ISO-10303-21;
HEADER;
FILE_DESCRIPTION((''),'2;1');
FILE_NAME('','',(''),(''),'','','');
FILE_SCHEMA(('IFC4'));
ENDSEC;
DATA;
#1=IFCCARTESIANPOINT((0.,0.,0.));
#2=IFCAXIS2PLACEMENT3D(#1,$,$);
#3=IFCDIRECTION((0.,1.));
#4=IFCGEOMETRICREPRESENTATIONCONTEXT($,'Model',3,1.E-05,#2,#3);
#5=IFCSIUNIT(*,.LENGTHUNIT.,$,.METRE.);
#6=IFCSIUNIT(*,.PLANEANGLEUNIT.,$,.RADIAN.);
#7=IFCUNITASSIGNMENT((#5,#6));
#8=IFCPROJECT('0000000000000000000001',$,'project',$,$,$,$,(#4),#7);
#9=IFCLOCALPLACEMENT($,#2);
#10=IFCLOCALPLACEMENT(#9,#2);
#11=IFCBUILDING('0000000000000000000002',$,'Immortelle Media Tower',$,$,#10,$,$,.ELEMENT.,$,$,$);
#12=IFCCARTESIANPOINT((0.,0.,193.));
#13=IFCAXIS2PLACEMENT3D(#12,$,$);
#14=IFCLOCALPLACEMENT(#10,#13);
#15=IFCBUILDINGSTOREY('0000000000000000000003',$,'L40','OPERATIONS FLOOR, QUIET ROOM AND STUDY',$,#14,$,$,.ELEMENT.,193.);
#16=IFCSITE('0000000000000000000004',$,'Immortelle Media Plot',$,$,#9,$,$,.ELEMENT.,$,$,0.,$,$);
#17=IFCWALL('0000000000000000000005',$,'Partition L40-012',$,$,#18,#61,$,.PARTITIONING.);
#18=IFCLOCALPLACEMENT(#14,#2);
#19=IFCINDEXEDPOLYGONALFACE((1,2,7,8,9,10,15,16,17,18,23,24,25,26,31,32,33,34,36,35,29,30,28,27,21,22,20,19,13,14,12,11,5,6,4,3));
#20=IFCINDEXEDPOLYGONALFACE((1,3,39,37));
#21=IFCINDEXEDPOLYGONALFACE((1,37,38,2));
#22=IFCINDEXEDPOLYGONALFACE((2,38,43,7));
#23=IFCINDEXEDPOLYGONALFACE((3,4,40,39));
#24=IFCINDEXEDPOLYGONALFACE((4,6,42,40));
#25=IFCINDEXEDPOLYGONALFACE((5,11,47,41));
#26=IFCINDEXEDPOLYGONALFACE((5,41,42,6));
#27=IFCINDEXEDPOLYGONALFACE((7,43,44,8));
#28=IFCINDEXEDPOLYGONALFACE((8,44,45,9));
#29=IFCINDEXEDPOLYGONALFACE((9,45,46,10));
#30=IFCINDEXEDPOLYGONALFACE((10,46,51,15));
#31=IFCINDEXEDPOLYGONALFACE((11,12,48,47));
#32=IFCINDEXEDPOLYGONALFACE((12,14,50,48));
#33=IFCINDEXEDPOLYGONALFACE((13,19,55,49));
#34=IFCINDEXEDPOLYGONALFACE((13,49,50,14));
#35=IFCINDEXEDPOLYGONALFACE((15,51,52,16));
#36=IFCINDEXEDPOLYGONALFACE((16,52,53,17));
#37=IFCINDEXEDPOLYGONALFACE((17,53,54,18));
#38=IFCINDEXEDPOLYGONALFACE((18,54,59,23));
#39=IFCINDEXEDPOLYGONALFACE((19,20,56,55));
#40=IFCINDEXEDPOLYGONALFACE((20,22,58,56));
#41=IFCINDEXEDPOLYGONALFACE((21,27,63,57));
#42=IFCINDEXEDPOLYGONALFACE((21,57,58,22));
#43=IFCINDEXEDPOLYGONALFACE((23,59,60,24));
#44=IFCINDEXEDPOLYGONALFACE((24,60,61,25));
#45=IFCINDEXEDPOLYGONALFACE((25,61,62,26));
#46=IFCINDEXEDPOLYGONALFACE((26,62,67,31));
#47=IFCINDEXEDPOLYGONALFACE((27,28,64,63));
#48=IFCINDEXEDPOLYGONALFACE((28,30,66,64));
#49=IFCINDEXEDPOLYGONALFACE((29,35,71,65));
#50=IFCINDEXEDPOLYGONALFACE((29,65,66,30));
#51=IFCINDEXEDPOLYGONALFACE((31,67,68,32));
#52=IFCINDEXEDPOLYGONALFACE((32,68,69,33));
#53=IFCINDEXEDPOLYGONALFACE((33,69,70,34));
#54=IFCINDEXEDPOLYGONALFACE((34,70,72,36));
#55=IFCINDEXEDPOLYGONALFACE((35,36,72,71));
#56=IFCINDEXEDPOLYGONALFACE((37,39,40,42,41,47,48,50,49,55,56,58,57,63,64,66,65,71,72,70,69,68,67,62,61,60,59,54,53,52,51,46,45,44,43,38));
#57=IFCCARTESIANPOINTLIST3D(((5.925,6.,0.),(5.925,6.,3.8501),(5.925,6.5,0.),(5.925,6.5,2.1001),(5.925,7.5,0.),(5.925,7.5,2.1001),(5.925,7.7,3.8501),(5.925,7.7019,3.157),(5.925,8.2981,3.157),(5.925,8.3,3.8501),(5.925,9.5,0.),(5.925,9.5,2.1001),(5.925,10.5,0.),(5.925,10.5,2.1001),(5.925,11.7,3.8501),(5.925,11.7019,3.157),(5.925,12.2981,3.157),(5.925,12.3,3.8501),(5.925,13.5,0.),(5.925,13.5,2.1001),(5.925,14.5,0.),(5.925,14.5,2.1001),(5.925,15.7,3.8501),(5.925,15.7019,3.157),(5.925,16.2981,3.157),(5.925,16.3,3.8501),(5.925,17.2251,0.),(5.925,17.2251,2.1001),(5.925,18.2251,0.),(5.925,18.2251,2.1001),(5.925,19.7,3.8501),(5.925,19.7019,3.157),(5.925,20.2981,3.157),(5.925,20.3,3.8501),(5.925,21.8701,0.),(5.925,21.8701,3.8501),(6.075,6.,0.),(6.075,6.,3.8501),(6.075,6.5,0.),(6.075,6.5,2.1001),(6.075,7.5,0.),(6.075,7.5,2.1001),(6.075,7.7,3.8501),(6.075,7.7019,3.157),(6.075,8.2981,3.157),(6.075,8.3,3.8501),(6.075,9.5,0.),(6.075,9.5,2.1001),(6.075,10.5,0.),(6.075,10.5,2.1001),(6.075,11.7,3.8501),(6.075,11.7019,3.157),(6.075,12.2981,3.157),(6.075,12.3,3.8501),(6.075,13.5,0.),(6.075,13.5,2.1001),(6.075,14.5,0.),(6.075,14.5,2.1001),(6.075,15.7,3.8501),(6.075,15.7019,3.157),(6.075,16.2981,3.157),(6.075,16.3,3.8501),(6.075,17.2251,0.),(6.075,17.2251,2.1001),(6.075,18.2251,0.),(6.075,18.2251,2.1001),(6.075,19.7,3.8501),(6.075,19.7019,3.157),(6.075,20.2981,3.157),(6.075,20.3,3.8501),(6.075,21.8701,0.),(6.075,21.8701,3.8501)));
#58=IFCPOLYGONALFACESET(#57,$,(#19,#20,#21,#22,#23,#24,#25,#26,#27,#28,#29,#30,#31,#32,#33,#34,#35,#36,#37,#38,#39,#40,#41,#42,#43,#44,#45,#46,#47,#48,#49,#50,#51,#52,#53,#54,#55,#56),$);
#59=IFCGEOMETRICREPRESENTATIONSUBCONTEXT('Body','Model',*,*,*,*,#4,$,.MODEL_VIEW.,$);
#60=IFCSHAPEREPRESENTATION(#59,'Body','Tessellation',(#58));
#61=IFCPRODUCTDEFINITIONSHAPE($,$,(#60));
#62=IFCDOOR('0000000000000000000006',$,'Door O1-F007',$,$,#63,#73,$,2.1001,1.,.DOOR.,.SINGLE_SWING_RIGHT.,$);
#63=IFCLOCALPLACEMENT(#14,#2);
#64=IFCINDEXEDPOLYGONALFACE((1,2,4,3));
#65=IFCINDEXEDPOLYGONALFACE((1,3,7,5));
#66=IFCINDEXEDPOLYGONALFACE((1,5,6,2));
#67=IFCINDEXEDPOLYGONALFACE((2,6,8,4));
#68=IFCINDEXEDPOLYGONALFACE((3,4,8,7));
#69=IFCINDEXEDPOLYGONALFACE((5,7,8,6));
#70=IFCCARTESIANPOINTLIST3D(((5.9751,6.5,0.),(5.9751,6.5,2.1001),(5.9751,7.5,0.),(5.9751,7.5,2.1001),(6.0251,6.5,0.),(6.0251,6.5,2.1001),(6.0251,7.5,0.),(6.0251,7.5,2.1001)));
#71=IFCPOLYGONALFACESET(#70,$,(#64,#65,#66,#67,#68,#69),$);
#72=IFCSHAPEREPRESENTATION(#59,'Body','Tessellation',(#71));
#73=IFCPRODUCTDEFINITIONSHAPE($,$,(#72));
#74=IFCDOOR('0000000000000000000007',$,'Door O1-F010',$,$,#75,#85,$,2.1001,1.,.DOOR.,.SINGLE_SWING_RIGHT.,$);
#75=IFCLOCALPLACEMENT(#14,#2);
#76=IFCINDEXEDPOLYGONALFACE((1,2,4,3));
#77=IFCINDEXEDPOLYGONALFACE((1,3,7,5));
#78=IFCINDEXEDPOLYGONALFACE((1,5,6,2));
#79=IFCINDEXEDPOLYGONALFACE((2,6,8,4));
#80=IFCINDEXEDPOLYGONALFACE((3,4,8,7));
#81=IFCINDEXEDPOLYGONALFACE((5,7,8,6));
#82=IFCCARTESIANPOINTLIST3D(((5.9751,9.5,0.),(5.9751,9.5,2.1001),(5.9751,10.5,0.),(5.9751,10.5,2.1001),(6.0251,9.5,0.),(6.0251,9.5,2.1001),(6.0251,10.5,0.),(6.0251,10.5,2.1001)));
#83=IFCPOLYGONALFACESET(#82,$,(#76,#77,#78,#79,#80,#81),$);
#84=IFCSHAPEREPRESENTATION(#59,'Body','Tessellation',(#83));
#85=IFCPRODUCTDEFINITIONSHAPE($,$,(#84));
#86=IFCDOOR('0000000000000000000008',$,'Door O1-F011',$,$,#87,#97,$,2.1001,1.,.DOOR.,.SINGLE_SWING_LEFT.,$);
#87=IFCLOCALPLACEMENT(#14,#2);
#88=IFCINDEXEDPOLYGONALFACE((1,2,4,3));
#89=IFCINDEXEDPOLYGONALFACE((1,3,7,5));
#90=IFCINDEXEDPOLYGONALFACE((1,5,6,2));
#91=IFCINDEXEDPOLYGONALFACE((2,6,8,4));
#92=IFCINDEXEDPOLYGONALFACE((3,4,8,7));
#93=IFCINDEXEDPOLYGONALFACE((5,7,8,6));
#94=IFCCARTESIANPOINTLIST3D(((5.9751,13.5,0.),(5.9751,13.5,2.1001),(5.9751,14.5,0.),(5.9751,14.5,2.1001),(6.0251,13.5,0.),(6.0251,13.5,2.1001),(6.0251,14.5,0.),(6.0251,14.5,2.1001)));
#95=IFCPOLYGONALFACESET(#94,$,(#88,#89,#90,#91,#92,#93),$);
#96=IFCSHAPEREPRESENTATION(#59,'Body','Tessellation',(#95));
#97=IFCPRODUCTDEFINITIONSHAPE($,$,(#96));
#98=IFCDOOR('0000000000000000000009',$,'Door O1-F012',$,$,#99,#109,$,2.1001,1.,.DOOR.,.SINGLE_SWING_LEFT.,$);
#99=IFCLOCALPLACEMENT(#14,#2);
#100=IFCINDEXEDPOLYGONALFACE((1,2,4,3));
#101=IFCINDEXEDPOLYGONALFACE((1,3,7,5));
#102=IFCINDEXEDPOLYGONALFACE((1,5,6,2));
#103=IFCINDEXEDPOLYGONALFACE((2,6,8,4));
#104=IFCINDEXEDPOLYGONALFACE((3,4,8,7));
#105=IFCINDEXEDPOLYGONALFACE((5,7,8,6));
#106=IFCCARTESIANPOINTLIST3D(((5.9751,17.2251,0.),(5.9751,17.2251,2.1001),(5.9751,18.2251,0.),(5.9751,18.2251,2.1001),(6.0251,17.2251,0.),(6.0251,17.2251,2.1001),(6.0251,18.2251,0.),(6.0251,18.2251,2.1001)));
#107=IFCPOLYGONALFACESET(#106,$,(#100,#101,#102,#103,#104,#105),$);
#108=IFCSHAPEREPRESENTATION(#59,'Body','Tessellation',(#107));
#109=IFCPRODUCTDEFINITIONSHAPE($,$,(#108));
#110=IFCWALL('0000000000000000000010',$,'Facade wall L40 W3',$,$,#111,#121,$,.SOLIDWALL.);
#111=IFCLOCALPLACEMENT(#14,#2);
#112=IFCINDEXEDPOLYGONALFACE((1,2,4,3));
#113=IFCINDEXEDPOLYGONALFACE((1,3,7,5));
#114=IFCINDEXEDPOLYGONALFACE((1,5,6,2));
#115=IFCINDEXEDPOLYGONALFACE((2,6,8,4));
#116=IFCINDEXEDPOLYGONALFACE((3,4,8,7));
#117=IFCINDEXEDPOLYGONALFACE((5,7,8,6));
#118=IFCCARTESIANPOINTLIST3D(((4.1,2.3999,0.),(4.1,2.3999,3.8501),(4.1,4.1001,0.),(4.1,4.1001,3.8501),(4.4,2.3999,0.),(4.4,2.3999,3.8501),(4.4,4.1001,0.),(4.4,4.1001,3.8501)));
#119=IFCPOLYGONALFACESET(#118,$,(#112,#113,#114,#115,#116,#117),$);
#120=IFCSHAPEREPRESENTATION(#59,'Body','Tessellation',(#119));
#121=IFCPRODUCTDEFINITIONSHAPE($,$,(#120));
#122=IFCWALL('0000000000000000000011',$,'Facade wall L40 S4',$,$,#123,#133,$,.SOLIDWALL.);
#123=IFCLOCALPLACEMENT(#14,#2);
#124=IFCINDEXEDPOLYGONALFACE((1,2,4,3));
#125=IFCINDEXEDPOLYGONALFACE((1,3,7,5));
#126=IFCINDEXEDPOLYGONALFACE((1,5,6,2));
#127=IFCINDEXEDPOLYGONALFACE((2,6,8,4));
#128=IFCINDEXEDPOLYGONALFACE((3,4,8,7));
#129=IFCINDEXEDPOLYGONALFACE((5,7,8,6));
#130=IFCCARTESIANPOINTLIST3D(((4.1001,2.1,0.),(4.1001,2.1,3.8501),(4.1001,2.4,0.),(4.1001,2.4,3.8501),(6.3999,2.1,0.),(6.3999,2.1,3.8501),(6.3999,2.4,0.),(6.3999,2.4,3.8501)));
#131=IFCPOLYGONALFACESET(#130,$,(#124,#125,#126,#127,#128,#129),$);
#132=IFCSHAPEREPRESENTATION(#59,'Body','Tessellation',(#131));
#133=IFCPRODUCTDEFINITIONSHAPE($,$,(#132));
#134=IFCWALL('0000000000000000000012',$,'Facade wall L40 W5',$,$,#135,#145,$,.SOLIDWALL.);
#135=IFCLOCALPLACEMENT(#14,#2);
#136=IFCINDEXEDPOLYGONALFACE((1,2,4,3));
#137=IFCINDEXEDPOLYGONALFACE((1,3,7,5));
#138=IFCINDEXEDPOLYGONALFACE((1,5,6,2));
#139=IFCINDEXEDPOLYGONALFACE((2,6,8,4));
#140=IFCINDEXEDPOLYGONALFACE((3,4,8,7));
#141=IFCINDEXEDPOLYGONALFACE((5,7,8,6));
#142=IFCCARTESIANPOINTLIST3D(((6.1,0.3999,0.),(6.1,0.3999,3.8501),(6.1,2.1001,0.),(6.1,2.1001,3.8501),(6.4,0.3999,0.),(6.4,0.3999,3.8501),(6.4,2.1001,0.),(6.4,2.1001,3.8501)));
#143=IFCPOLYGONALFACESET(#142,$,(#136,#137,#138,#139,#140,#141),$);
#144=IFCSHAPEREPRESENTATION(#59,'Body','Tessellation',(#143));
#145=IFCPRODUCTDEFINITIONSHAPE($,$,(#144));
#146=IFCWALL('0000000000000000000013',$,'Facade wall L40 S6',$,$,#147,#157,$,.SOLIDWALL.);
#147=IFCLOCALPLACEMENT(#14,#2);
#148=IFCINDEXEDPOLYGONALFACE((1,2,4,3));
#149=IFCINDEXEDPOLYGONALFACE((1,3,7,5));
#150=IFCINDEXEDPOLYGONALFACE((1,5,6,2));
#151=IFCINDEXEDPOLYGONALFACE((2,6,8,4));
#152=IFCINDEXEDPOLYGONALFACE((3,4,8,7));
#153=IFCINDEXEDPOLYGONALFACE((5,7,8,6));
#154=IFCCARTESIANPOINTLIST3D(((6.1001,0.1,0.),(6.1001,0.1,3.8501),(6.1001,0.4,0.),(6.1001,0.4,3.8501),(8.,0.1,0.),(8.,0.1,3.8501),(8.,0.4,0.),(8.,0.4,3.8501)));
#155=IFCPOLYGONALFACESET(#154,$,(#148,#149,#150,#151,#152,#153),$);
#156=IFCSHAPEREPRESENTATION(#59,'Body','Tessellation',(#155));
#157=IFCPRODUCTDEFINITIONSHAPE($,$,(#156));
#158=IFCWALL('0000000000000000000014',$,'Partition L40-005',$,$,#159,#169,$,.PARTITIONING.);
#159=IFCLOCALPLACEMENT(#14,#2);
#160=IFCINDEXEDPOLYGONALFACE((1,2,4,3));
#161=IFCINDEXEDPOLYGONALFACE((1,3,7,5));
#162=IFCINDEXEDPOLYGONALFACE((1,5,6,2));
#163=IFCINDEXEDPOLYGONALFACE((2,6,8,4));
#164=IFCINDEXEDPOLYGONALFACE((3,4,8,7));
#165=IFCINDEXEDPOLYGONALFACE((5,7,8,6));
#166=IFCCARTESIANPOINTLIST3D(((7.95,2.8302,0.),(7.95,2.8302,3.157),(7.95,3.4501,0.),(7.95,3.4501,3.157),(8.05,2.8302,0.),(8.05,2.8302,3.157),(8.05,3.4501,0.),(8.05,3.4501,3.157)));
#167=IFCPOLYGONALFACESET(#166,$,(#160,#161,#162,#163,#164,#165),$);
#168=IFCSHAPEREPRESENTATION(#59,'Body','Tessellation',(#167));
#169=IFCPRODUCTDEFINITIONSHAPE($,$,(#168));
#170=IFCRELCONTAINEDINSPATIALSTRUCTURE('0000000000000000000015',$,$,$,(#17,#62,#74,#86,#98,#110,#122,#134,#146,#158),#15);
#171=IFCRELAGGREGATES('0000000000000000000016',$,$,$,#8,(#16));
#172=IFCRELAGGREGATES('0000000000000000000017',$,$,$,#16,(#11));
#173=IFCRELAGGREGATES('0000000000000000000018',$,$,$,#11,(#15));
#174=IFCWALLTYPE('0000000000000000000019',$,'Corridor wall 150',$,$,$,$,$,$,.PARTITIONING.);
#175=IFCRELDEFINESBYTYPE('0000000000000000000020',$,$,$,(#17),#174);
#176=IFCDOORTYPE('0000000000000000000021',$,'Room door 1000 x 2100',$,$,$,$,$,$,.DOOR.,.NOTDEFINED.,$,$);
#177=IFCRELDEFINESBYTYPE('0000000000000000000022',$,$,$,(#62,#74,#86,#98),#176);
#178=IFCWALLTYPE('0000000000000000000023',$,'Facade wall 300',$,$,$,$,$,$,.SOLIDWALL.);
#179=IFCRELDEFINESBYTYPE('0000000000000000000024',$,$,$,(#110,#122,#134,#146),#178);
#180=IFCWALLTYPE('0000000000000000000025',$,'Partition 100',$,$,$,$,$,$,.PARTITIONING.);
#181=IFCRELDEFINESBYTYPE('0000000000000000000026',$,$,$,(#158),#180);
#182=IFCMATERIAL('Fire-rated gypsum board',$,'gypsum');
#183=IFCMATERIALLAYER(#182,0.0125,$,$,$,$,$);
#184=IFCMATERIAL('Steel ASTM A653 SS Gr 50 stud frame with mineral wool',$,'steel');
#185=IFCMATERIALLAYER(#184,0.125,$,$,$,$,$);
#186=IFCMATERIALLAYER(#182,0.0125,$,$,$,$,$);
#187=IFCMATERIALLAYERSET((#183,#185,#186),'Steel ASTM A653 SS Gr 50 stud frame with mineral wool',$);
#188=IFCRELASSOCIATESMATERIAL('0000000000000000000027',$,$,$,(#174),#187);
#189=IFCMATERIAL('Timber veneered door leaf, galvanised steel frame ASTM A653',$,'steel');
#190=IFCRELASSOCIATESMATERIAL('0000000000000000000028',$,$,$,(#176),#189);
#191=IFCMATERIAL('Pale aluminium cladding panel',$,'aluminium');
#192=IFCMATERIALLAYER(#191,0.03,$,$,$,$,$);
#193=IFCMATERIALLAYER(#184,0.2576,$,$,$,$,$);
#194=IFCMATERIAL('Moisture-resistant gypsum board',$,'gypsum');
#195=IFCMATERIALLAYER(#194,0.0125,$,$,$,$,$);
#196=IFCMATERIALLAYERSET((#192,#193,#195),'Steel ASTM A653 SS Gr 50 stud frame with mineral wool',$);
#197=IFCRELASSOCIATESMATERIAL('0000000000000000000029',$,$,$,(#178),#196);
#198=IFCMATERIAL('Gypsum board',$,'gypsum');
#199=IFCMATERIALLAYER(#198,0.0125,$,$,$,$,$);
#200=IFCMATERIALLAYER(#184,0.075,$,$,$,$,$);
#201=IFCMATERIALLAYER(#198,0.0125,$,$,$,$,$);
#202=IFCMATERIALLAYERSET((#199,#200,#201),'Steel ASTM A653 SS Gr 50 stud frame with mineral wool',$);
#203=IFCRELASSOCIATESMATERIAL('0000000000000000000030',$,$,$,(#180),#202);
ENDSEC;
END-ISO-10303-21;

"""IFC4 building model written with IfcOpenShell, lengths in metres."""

from ifc_helpers import new_model, si_unit, direction, frame, frame_2d, origin, place, context, subcontext, project, spatial, polyline, rectangle, outline, extrude, material, layer, layer_set, type_object, element, fill, save


model = new_model("IFC4")

# Units and contexts
model_context = context("Model", 3, precision=1e-05, world=origin(), true_north=direction((0.0, 1.0)))
body_context = subcontext(model_context, "Body", "Model", "MODEL_VIEW")
ifc_project = project(units=[si_unit("LENGTHUNIT", "METRE"), si_unit("PLANEANGLEUNIT", "RADIAN")], contexts=[model_context])

# Site, building, storey
site_placement = place(None, origin())
site = spatial("IfcSite", under=ifc_project, at=site_placement, Name="Immortelle Media Plot", CompositionType="ELEMENT", RefElevation=0.0)
building_placement = place(site_placement, origin())
building = spatial("IfcBuilding", under=site, at=building_placement, Name="Immortelle Media Tower", CompositionType="ELEMENT")
storey_placement = place(building_placement, frame((0.0, 0.0, 193.0)))
storey = spatial("IfcBuildingStorey", under=building, at=storey_placement, Name="L40", Description="OPERATIONS FLOOR, QUIET ROOM AND STUDY", CompositionType="ELEMENT", Elevation=193.0)

# Wall, openings, doors
ifc_material_1 = material(Name="Fire-rated gypsum board", Category="gypsum")
ifc_layer_1 = layer(ifc_material_1, 0.0125)
ifc_material_2 = material(Name="Steel ASTM A653 SS Gr 50 stud frame with mineral wool", Category="steel")
ifc_layer_2 = layer(ifc_material_2, 0.125)
ifc_layer_3 = layer(ifc_material_1, 0.0125)
ifc_layer_set_1 = layer_set([ifc_layer_1, ifc_layer_2, ifc_layer_3], Name="Steel ASTM A653 SS Gr 50 stud frame with mineral wool")
wall_type_1 = type_object("IfcWallType", Name="Corridor wall 150", PredefinedType="PARTITIONING", material=ifc_layer_set_1)
ifc_material_3 = material(Name="Timber veneered door leaf, galvanised steel frame ASTM A653", Category="steel")
door_type = type_object("IfcDoorType", Name="Room door 1000 x 2100", OperationType="NOTDEFINED", PredefinedType="DOOR", material=ifc_material_3)
wall_1_placement = place(storey_placement, frame((6.0, 6.0, 0.0), z_axis=(0.0, 0.0, 1.0), x_axis=(0.0, 1.0, 0.0)))
wall_1 = element("IfcWall", 1, at=wall_1_placement, inside=storey, type_object=wall_type_1, Name="Partition L40-012", PredefinedType="PARTITIONING", context=body_context, shape_type="SweptSolid", body=[
    extrude(outline(polyline([(0.0, 0.0), (15.8701, 0.0), (15.8701, 3.8501), (14.3, 3.8501), (14.2981, 3.157), (13.7019, 3.157), (13.7, 3.8501), (10.3, 3.8501), (10.2981, 3.157), (9.7019, 3.157), (9.7, 3.8501), (6.3, 3.8501), (6.2981, 3.157), (5.7019, 3.157), (5.7, 3.8501), (2.3, 3.8501), (2.2981, 3.157), (1.7019, 3.157), (1.7, 3.8501), (0.0, 3.8501), (0.0, 0.0)])), frame((0.0, 0.075, 0.0), z_axis=(0.0, -1.0, 0.0), x_axis=(1.0, 0.0, 0.0)), (0.0, 0.0, 1.0), 0.1499),
])
opening_1_placement = place(wall_1_placement, frame((0.5, 0.0, 0.0)))
opening_1 = element("IfcOpeningElement", 2, at=opening_1_placement, cuts=wall_1, PredefinedType="OPENING", context=body_context, shape_type="SweptSolid", body=[
    extrude(rectangle(XDim=1.0, YDim=2.1001, at=frame_2d((0.5, 1.05))), frame((0.0, 0.085, 0.0), z_axis=(0.0, -1.0, 0.0), x_axis=(1.0, 0.0, 0.0)), (0.0, 0.0, 1.0), 0.1699),
])
opening_2_placement = place(wall_1_placement, frame((3.5, 0.0, 0.0)))
opening_2 = element("IfcOpeningElement", 3, at=opening_2_placement, cuts=wall_1, PredefinedType="OPENING", context=body_context, shape_type="SweptSolid", body=[
    extrude(rectangle(XDim=1.0, YDim=2.1001, at=frame_2d((0.5, 1.05))), frame((0.0, 0.085, 0.0), z_axis=(0.0, -1.0, 0.0), x_axis=(1.0, 0.0, 0.0)), (0.0, 0.0, 1.0), 0.1699),
])
opening_3_placement = place(wall_1_placement, frame((7.5, 0.0, 0.0)))
opening_3 = element("IfcOpeningElement", 4, at=opening_3_placement, cuts=wall_1, PredefinedType="OPENING", context=body_context, shape_type="SweptSolid", body=[
    extrude(rectangle(XDim=1.0, YDim=2.1001, at=frame_2d((0.5, 1.05))), frame((0.0, 0.085, 0.0), z_axis=(0.0, -1.0, 0.0), x_axis=(1.0, 0.0, 0.0)), (0.0, 0.0, 1.0), 0.1699),
])
opening_4_placement = place(wall_1_placement, frame((11.2251, 0.0, 0.0)))
opening_4 = element("IfcOpeningElement", 5, at=opening_4_placement, cuts=wall_1, PredefinedType="OPENING", context=body_context, shape_type="SweptSolid", body=[
    extrude(rectangle(XDim=1.0, YDim=2.1001, at=frame_2d((0.5, 1.05))), frame((0.0, 0.085, 0.0), z_axis=(0.0, -1.0, 0.0), x_axis=(1.0, 0.0, 0.0)), (0.0, 0.0, 1.0), 0.1699),
])
door_1_placement = place(opening_1_placement, origin())
door_1 = element("IfcDoor", 6, at=door_1_placement, inside=storey, type_object=door_type, Name="Door O1-F007", OperationType="SINGLE_SWING_RIGHT", OverallHeight=2.1001, OverallWidth=1.0, PredefinedType="DOOR", context=body_context, shape_type="SweptSolid", body=[
    extrude(rectangle(XDim=1.0, YDim=2.1001, at=frame_2d((0.5, 1.05))), frame((0.0, 0.0249, 0.0), z_axis=(0.0, -1.0, 0.0), x_axis=(1.0, 0.0, 0.0)), (0.0, 0.0, 1.0), 0.05),
])
fill(opening_1, door_1)
door_2_placement = place(opening_2_placement, origin())
door_2 = element("IfcDoor", 7, at=door_2_placement, inside=storey, type_object=door_type, Name="Door O1-F010", OperationType="SINGLE_SWING_RIGHT", OverallHeight=2.1001, OverallWidth=1.0, PredefinedType="DOOR", context=body_context, shape_type="SweptSolid", body=[
    extrude(rectangle(XDim=1.0, YDim=2.1001, at=frame_2d((0.5, 1.05))), frame((0.0, 0.0249, 0.0), z_axis=(0.0, -1.0, 0.0), x_axis=(1.0, 0.0, 0.0)), (0.0, 0.0, 1.0), 0.05),
])
fill(opening_2, door_2)
door_3_placement = place(opening_3_placement, origin())
door_3 = element("IfcDoor", 8, at=door_3_placement, inside=storey, type_object=door_type, Name="Door O1-F011", OperationType="SINGLE_SWING_LEFT", OverallHeight=2.1001, OverallWidth=1.0, PredefinedType="DOOR", context=body_context, shape_type="SweptSolid", body=[
    extrude(rectangle(XDim=1.0, YDim=2.1001, at=frame_2d((0.5, 1.05))), frame((0.0, 0.0249, 0.0), z_axis=(0.0, -1.0, 0.0), x_axis=(1.0, 0.0, 0.0)), (0.0, 0.0, 1.0), 0.05),
])
fill(opening_3, door_3)
door_4_placement = place(opening_4_placement, origin())
door_4 = element("IfcDoor", 9, at=door_4_placement, inside=storey, type_object=door_type, Name="Door O1-F012", OperationType="SINGLE_SWING_LEFT", OverallHeight=2.1001, OverallWidth=1.0, PredefinedType="DOOR", context=body_context, shape_type="SweptSolid", body=[
    extrude(rectangle(XDim=1.0, YDim=2.1001, at=frame_2d((0.5, 1.05))), frame((0.0, 0.0249, 0.0), z_axis=(0.0, -1.0, 0.0), x_axis=(1.0, 0.0, 0.0)), (0.0, 0.0, 1.0), 0.05),
])
fill(opening_4, door_4)

# Walls
ifc_material_4 = material(Name="Pale aluminium cladding panel", Category="aluminium")
ifc_layer_4 = layer(ifc_material_4, 0.03)
ifc_layer_5 = layer(ifc_material_2, 0.2576)
ifc_material_5 = material(Name="Moisture-resistant gypsum board", Category="gypsum")
ifc_layer_6 = layer(ifc_material_5, 0.0125)
ifc_layer_set_2 = layer_set([ifc_layer_4, ifc_layer_5, ifc_layer_6], Name="Steel ASTM A653 SS Gr 50 stud frame with mineral wool")
wall_type_2 = type_object("IfcWallType", Name="Facade wall 300", PredefinedType="SOLIDWALL", material=ifc_layer_set_2)
wall_2_placement = place(storey_placement, frame((4.25, 4.1001, 0.0), z_axis=(0.0, 0.0, 1.0), x_axis=(0.0, -1.0, 0.0)))
element("IfcWall", 10, at=wall_2_placement, inside=storey, type_object=wall_type_2, Name="Facade wall L40 W3", PredefinedType="SOLIDWALL", context=body_context, shape_type="SweptSolid", body=[
    extrude(rectangle(XDim=1.7002, YDim=0.3, at=frame_2d((0.8501, 0.0))), origin(), (0.0, 0.0, 1.0), 3.8501),
])
wall_3_placement = place(storey_placement, frame((4.1001, 2.25, 0.0), z_axis=(0.0, 0.0, 1.0), x_axis=(1.0, 0.0, 0.0)))
element("IfcWall", 11, at=wall_3_placement, inside=storey, type_object=wall_type_2, Name="Facade wall L40 S4", PredefinedType="SOLIDWALL", context=body_context, shape_type="SweptSolid", body=[
    extrude(rectangle(XDim=2.2998, YDim=0.3, at=frame_2d((1.1499, 0.0))), origin(), (0.0, 0.0, 1.0), 3.8501),
])
wall_4_placement = place(storey_placement, frame((6.25, 2.1001, 0.0), z_axis=(0.0, 0.0, 1.0), x_axis=(0.0, -1.0, 0.0)))
element("IfcWall", 12, at=wall_4_placement, inside=storey, type_object=wall_type_2, Name="Facade wall L40 W5", PredefinedType="SOLIDWALL", context=body_context, shape_type="SweptSolid", body=[
    extrude(rectangle(XDim=1.7002, YDim=0.3, at=frame_2d((0.8501, 0.0))), origin(), (0.0, 0.0, 1.0), 3.8501),
])
wall_5_placement = place(storey_placement, frame((6.1001, 0.25, 0.0), z_axis=(0.0, 0.0, 1.0), x_axis=(1.0, 0.0, 0.0)))
element("IfcWall", 13, at=wall_5_placement, inside=storey, type_object=wall_type_2, Name="Facade wall L40 S6", PredefinedType="SOLIDWALL", context=body_context, shape_type="SweptSolid", body=[
    extrude(rectangle(XDim=1.8999, YDim=0.3, at=frame_2d((0.95, 0.0))), origin(), (0.0, 0.0, 1.0), 3.8501),
])
ifc_material_6 = material(Name="Gypsum board", Category="gypsum")
ifc_layer_7 = layer(ifc_material_6, 0.0125)
ifc_layer_8 = layer(ifc_material_2, 0.075)
ifc_layer_9 = layer(ifc_material_6, 0.0125)
ifc_layer_set_3 = layer_set([ifc_layer_7, ifc_layer_8, ifc_layer_9], Name="Steel ASTM A653 SS Gr 50 stud frame with mineral wool")
wall_type_3 = type_object("IfcWallType", Name="Partition 100", PredefinedType="PARTITIONING", material=ifc_layer_set_3)
wall_6_placement = place(storey_placement, frame((8.0, 2.8301, 0.0), z_axis=(0.0, 0.0, 1.0), x_axis=(0.0, 1.0, 0.0)))
element("IfcWall", 14, at=wall_6_placement, inside=storey, type_object=wall_type_3, Name="Partition L40-005", PredefinedType="PARTITIONING", context=body_context, shape_type="SweptSolid", body=[
    extrude(rectangle(XDim=0.6199, YDim=0.1001, at=frame_2d((0.3101, 0.0))), origin(), (0.0, 0.0, 1.0), 3.157),
])

save(model, "model.ifc")
